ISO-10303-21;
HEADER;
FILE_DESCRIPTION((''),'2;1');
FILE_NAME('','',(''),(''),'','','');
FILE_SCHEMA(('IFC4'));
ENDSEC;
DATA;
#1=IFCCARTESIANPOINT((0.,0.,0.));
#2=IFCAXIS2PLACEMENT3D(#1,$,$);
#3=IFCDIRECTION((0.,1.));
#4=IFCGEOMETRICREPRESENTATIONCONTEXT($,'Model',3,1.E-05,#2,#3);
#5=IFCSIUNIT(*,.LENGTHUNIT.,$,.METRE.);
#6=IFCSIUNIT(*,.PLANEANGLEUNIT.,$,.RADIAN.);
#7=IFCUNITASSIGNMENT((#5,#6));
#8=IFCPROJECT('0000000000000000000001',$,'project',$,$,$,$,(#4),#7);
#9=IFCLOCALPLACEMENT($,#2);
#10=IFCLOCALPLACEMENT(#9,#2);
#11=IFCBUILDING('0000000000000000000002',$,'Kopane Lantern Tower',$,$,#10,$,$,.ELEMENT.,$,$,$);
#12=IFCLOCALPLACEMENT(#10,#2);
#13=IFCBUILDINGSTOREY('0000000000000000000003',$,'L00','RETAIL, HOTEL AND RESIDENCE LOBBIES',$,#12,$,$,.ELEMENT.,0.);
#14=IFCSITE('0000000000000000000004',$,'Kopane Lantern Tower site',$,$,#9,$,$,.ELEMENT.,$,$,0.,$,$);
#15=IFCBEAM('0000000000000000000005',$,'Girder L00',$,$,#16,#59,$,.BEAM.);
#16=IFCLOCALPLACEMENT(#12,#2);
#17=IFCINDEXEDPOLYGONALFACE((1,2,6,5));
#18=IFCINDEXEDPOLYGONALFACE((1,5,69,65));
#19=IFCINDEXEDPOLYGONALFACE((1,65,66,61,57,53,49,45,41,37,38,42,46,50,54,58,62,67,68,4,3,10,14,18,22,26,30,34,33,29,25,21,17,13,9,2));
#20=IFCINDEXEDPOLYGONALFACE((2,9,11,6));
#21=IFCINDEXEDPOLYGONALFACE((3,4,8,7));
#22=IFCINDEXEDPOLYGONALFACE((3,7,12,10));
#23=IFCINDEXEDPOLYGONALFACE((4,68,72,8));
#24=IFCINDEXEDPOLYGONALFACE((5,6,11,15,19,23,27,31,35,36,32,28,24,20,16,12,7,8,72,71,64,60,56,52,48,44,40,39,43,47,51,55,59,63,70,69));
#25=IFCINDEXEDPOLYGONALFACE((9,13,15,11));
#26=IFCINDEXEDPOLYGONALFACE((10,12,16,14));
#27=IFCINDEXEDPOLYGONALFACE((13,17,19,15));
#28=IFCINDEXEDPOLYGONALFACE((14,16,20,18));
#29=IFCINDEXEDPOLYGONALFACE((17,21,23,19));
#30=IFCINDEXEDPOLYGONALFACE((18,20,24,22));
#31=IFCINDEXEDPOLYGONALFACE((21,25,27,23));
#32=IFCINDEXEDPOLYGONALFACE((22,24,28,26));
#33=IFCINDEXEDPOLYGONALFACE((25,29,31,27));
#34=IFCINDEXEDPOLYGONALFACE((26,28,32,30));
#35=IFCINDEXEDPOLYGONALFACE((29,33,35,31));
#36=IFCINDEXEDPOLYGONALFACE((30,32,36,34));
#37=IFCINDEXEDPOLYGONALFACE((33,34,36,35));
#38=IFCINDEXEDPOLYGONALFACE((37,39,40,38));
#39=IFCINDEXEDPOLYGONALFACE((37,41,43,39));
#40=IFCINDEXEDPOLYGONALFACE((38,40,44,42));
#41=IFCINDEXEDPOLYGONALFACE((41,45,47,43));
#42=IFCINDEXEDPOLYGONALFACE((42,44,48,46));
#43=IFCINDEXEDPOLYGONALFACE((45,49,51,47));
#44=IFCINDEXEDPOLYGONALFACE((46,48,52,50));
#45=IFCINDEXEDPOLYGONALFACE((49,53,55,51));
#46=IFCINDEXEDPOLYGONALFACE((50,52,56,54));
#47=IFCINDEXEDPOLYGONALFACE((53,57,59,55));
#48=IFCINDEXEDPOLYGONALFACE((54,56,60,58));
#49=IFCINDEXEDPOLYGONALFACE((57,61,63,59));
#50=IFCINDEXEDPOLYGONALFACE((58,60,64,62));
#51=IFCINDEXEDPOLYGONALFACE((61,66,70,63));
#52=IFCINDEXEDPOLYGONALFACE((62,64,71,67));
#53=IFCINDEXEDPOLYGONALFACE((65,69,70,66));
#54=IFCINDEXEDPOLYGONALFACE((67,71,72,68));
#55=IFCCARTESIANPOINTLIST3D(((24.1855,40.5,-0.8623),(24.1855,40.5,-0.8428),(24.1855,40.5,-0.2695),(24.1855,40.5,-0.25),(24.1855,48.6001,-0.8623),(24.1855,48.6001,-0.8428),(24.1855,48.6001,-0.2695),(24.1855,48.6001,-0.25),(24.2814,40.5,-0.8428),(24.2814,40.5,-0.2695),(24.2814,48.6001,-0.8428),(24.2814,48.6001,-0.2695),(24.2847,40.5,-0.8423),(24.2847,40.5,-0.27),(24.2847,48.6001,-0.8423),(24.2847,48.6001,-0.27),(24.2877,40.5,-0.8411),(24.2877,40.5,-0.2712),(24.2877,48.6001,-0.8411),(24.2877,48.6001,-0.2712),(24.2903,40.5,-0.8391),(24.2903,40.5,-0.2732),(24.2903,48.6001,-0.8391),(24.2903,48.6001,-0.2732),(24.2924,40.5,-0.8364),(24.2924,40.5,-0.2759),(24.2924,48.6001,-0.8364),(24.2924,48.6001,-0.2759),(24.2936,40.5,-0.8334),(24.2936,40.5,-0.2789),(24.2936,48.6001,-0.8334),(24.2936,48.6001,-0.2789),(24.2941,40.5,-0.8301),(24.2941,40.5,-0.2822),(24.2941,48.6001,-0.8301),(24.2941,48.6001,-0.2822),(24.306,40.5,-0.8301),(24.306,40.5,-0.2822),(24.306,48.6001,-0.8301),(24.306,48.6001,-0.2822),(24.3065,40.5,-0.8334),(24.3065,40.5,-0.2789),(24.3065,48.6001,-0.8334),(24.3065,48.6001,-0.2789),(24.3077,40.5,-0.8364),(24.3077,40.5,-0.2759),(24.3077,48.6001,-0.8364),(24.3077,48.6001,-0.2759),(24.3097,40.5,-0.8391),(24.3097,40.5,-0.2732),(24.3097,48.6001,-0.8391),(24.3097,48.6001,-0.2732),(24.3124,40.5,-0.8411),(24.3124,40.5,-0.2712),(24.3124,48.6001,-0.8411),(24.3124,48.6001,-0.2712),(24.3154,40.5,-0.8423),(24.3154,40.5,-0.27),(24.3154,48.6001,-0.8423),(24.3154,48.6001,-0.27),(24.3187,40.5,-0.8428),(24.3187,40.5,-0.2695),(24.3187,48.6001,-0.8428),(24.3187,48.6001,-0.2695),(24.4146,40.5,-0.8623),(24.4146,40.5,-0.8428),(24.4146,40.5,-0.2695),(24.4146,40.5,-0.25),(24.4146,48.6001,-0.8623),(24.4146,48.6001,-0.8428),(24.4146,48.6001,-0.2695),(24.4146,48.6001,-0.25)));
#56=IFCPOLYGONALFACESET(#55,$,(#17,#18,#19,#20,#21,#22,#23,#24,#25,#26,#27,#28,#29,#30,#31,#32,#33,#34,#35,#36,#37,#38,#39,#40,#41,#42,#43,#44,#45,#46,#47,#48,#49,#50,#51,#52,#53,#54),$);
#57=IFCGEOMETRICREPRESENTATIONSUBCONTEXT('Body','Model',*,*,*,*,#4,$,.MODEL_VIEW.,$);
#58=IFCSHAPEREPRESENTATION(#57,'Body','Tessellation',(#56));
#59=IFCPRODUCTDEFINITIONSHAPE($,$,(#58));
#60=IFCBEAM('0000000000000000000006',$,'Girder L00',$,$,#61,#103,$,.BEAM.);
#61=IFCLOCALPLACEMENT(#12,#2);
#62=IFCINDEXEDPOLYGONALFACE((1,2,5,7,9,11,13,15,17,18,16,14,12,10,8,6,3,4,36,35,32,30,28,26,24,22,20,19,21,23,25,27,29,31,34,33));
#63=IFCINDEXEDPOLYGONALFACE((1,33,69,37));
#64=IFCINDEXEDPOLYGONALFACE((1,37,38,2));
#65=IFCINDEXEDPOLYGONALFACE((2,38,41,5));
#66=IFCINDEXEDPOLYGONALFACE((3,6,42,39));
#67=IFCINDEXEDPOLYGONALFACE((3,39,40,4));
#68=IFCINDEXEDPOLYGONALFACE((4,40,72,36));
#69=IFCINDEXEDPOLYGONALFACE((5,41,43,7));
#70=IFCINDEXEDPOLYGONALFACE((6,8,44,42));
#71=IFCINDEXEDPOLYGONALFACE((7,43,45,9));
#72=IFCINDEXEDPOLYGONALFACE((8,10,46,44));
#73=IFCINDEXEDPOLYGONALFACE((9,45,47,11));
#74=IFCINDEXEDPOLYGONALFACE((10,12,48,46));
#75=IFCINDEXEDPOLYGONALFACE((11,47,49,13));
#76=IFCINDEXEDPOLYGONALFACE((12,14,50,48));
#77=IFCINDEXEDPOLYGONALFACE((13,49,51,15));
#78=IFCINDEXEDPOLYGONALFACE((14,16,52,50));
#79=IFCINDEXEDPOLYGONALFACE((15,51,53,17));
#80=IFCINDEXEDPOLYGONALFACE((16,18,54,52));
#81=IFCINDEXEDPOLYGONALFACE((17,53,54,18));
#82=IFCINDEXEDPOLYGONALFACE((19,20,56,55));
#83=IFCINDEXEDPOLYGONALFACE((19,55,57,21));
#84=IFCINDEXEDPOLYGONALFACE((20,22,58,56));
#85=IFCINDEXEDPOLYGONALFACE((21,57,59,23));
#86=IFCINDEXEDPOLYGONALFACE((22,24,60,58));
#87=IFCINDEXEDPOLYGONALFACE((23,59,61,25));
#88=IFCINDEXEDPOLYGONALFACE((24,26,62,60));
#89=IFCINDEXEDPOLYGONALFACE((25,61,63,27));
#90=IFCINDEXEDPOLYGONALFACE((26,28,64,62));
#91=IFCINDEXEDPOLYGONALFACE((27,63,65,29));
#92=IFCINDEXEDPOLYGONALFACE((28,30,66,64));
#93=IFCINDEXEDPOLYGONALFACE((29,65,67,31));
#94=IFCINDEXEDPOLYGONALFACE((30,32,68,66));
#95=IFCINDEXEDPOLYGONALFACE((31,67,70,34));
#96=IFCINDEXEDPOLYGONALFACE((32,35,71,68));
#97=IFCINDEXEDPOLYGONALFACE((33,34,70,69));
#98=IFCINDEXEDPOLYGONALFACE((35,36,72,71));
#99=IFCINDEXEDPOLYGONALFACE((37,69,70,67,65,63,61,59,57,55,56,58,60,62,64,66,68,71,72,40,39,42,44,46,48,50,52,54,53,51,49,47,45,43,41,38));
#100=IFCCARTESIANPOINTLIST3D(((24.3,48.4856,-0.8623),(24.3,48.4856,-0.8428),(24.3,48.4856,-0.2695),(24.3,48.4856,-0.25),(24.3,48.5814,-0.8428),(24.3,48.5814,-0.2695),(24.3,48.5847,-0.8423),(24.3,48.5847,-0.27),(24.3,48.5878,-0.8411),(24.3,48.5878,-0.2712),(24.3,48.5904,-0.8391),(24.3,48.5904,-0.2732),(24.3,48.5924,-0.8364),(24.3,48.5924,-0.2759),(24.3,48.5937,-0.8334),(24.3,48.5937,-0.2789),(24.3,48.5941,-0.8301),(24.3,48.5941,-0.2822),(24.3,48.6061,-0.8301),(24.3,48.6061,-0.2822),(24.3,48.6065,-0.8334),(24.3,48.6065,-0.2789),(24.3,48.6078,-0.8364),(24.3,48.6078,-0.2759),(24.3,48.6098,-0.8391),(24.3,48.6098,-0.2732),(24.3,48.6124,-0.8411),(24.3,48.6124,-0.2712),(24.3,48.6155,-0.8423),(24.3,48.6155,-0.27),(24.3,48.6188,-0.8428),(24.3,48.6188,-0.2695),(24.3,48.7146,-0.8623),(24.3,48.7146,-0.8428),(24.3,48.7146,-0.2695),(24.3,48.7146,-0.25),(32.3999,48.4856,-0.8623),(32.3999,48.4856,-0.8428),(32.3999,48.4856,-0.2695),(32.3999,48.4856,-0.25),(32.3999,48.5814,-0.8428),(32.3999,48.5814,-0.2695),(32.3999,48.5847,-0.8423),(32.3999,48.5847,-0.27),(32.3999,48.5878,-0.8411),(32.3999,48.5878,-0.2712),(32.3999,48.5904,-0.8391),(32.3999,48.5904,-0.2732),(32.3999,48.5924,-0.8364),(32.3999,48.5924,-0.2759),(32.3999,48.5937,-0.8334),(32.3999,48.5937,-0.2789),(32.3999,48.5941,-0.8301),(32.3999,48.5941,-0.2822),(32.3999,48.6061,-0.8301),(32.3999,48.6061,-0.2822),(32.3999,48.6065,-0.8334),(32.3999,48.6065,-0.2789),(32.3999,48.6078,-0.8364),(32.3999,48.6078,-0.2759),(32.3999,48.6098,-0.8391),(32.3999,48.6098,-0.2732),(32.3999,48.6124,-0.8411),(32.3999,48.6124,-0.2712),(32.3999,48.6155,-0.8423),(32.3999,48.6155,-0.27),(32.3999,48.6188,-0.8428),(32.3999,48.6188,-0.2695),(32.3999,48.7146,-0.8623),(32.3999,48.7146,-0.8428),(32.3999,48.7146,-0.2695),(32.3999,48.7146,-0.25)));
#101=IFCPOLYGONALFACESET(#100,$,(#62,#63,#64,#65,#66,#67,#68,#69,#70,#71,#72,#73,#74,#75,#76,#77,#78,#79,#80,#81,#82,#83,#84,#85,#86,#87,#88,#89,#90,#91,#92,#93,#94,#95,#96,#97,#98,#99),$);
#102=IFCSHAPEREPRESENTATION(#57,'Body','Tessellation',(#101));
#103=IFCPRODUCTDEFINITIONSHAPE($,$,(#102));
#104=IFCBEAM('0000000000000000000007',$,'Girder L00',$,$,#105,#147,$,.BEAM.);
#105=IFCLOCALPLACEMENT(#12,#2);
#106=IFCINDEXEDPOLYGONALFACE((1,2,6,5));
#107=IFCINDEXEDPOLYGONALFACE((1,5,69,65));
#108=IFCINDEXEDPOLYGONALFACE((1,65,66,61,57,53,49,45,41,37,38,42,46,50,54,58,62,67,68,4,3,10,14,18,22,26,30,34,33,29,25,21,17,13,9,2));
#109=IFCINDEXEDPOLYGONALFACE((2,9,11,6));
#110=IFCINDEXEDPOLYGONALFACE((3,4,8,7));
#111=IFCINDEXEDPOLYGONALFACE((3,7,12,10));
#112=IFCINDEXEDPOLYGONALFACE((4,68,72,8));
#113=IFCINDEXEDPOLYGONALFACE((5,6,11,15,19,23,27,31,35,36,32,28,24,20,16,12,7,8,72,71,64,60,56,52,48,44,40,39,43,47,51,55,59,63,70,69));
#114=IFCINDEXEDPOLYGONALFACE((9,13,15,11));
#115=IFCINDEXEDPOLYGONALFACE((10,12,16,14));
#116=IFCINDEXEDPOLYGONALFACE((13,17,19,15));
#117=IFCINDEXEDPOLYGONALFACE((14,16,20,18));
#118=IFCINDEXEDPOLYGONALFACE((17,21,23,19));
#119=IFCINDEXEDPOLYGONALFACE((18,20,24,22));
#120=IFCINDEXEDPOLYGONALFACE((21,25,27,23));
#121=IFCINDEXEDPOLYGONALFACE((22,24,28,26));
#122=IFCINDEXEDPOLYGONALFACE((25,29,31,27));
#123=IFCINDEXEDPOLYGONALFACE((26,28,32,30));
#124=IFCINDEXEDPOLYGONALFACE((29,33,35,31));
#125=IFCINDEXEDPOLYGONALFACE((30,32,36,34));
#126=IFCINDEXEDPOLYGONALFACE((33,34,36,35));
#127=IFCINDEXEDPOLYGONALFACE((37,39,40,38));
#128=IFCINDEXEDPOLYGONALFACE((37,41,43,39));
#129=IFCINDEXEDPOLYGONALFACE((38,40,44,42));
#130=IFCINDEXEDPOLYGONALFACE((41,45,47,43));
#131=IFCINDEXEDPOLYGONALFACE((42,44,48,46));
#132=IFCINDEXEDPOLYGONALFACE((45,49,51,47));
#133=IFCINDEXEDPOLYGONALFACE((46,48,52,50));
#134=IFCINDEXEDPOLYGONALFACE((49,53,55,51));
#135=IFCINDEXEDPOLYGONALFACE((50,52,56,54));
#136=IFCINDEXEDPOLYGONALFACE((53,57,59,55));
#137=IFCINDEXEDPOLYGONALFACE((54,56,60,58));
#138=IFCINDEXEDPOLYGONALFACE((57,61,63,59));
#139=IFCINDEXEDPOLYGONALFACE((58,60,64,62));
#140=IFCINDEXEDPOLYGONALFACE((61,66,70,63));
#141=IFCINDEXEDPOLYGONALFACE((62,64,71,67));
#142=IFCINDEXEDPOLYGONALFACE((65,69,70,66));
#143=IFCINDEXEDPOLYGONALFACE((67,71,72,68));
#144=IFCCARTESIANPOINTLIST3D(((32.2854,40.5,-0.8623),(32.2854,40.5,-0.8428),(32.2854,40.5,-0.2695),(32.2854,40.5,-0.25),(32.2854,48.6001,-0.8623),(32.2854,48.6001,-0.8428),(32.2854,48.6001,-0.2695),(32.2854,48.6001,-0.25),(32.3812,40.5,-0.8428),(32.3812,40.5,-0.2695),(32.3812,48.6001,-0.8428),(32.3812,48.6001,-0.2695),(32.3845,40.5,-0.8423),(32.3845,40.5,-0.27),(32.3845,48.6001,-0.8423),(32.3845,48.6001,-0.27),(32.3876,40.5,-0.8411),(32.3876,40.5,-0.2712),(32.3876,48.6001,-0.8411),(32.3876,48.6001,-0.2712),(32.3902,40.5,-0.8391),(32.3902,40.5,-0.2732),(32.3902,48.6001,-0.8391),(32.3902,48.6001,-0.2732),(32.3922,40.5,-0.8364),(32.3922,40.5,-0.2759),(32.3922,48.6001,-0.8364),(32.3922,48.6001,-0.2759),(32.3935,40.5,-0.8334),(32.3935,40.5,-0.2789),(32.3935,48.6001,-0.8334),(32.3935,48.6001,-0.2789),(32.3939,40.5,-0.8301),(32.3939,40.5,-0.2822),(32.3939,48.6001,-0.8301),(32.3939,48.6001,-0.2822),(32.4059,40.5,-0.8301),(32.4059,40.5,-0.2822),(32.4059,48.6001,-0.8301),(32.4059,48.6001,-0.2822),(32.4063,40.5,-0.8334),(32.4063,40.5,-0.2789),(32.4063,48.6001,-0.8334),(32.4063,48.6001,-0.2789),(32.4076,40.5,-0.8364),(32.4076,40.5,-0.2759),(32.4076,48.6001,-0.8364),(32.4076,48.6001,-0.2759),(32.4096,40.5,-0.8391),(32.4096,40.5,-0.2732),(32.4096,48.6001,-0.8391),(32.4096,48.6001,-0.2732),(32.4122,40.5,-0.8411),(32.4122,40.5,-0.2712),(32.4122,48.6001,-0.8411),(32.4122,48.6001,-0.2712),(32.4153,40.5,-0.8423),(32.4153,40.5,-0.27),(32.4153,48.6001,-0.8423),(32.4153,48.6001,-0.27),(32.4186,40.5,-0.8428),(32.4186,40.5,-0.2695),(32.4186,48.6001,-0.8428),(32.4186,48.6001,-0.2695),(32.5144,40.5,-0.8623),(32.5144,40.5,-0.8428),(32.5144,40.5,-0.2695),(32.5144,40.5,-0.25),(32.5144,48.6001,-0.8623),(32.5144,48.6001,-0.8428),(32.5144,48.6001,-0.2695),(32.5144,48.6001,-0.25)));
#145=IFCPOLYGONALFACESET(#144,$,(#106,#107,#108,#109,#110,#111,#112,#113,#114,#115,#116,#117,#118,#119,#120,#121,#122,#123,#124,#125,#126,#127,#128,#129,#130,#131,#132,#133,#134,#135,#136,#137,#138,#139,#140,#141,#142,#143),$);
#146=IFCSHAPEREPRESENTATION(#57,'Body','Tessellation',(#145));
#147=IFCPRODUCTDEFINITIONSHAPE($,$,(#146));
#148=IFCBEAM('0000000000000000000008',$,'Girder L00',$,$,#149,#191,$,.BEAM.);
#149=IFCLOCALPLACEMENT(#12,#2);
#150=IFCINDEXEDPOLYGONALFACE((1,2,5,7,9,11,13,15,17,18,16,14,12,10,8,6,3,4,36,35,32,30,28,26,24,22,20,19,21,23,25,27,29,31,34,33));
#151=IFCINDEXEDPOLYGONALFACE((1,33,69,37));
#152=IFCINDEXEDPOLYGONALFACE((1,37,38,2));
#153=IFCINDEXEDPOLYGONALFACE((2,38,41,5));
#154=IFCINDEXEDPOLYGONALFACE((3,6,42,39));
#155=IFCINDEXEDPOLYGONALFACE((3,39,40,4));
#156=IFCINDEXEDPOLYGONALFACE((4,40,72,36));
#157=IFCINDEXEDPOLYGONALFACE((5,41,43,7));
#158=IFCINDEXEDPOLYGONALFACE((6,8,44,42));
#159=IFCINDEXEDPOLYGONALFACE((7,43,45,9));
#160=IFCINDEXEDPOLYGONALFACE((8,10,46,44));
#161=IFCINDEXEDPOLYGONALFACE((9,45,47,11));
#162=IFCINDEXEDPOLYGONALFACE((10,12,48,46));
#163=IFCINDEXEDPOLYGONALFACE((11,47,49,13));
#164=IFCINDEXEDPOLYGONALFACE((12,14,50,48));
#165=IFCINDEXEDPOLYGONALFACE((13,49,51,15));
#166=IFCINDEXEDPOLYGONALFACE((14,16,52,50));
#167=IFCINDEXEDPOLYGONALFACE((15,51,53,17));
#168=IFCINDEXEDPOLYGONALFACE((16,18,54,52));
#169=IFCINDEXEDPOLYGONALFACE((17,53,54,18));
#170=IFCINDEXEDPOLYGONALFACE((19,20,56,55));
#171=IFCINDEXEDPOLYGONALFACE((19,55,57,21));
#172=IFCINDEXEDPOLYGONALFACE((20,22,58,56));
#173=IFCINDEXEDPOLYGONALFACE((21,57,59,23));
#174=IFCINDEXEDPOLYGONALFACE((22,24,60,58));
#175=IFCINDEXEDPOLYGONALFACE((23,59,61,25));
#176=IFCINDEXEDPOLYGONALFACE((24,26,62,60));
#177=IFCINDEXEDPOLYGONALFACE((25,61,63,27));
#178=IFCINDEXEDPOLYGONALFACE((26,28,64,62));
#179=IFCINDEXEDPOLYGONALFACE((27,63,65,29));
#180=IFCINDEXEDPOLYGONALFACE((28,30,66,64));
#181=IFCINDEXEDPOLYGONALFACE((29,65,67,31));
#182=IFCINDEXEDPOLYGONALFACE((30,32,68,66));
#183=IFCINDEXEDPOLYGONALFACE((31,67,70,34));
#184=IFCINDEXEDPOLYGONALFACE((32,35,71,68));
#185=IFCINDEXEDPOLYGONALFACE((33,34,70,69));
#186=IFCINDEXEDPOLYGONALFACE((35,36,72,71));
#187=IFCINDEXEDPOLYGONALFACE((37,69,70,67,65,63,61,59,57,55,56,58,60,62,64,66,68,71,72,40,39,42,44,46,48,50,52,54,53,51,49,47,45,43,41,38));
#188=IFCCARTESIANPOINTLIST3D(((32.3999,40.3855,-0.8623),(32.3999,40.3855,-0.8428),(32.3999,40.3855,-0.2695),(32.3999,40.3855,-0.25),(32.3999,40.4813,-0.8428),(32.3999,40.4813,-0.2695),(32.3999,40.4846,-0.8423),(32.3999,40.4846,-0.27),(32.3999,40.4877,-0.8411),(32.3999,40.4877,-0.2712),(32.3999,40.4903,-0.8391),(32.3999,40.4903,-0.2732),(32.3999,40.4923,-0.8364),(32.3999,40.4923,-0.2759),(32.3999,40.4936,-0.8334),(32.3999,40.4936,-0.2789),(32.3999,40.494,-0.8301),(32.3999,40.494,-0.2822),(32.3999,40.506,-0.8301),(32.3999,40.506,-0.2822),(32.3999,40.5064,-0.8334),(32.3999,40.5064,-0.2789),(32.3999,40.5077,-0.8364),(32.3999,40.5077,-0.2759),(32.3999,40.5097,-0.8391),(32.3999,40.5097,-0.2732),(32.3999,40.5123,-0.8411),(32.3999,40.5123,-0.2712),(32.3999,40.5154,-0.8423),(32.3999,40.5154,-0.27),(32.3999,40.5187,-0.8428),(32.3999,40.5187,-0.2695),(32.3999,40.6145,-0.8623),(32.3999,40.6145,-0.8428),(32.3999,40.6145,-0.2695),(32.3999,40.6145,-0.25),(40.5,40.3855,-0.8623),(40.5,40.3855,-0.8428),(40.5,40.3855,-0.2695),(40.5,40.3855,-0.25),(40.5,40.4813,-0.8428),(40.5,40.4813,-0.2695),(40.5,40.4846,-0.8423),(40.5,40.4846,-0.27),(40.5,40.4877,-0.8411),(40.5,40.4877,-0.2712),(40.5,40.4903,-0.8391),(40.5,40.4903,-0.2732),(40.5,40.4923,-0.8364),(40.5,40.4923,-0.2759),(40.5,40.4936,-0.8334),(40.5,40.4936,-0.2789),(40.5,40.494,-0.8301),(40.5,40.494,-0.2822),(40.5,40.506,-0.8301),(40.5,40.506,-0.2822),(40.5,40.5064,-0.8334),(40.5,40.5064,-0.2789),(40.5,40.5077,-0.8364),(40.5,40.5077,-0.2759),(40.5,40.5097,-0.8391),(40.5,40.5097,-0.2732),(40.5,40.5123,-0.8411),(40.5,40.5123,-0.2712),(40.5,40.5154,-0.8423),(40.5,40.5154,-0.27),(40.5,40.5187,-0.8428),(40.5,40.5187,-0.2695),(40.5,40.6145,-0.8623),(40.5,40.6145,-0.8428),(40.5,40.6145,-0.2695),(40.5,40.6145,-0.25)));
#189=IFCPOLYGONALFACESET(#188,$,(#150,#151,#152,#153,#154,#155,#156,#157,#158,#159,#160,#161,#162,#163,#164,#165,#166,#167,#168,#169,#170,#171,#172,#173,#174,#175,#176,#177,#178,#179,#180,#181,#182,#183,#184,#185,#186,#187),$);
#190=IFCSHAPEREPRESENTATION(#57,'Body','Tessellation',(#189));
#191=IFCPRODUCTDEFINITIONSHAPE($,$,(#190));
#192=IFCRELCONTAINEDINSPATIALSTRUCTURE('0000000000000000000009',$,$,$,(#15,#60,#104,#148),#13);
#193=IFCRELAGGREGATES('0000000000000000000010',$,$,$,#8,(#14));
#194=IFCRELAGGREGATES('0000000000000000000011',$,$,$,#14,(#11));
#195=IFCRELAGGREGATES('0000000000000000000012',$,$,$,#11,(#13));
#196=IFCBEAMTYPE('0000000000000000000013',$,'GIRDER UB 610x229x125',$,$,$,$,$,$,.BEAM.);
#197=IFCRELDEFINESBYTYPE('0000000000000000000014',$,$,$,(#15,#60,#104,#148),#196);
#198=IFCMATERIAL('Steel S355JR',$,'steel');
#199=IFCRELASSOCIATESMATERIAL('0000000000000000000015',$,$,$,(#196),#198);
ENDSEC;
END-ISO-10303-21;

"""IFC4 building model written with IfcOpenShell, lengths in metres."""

from ifc_helpers import new_model, si_unit, direction, frame, origin, origin_2d, place, context, subcontext, project, spatial, i_section, extrude, material, material_profile, profile_set, type_object, element, save


model = new_model("IFC4")

# Units and contexts
model_context = context("Model", 3, precision=1e-05, world=origin(), true_north=direction((0.0, 1.0)))
body_context = subcontext(model_context, "Body", "Model", "MODEL_VIEW")
ifc_project = project(units=[si_unit("LENGTHUNIT", "METRE"), si_unit("PLANEANGLEUNIT", "RADIAN")], contexts=[model_context])

# Site, building, storey
site_placement = place(None, origin())
site = spatial("IfcSite", under=ifc_project, at=site_placement, Name="Kopane Lantern Tower site", CompositionType="ELEMENT", RefElevation=0.0)
building_placement = place(site_placement, origin())
building = spatial("IfcBuilding", under=site, at=building_placement, Name="Kopane Lantern Tower", CompositionType="ELEMENT")
storey_placement = place(building_placement, origin())
storey = spatial("IfcBuildingStorey", under=building, at=storey_placement, Name="L00", Description="RETAIL, HOTEL AND RESIDENCE LOBBIES", CompositionType="ELEMENT", Elevation=0.0)

# Beams
ifc_material_1 = material(Name="Steel S355JR", Category="steel")
ifc_material_profile_1 = material_profile(ifc_material_1, i_section(OverallWidth=0.229, OverallDepth=0.6123, WebThickness=0.012, FlangeThickness=0.0195, FilletRadius=0.0127, at=origin_2d()), Name="UB 610x229x125")
ifc_profile_set_1 = profile_set([ifc_material_profile_1], Name="Steel S355JR")
beam_type_1 = type_object("IfcBeamType", Name="GIRDER UB 610x229x125", PredefinedType="BEAM", material=ifc_profile_set_1)
beam_1_placement = place(storey_placement, frame((24.3, 40.5, -0.5562), z_axis=(0.0, 1.0, 0.0), x_axis=(-1.0, 0.0, 0.0)))
element("IfcBeam", 1, at=beam_1_placement, inside=storey, type_object=beam_type_1, Name="Girder L00", PredefinedType="BEAM", context=body_context, shape_type="SweptSolid", body=[
    extrude(i_section(OverallWidth=0.229, OverallDepth=0.6123, WebThickness=0.012, FlangeThickness=0.0195, FilletRadius=0.0127, at=origin_2d()), origin(), (0.0, 0.0, 1.0), 8.1001),
])
beam_2_placement = place(storey_placement, frame((24.3, 48.6001, -0.5562), z_axis=(1.0, 0.0, 0.0), x_axis=(0.0, 1.0, 0.0)))
element("IfcBeam", 2, at=beam_2_placement, inside=storey, type_object=beam_type_1, Name="Girder L00", PredefinedType="BEAM", context=body_context, shape_type="SweptSolid", body=[
    extrude(i_section(OverallWidth=0.229, OverallDepth=0.6123, WebThickness=0.012, FlangeThickness=0.0195, FilletRadius=0.0127, at=origin_2d()), origin(), (0.0, 0.0, 1.0), 8.0999),
])
for number, where, z_axis, x_axis, name in (
    (3, (32.3999, 40.5, -0.5562), (0.0, 1.0, 0.0), (-1.0, 0.0, 0.0), "Girder L00"),
    (4, (32.3999, 40.5, -0.5562), (1.0, 0.0, 0.0), (0.0, 1.0, 0.0), "Girder L00"),
):
    element("IfcBeam", number, at=place(storey_placement, frame(where, z_axis=z_axis, x_axis=x_axis)), inside=storey, type_object=beam_type_1, Name=name, PredefinedType="BEAM", context=body_context, shape_type="SweptSolid", body=[
        extrude(i_section(OverallWidth=0.229, OverallDepth=0.6123, WebThickness=0.012, FlangeThickness=0.0195, FilletRadius=0.0127, at=origin_2d()), origin(), (0.0, 0.0, 1.0), 8.1001),
    ])

save(model, "model.ifc")
